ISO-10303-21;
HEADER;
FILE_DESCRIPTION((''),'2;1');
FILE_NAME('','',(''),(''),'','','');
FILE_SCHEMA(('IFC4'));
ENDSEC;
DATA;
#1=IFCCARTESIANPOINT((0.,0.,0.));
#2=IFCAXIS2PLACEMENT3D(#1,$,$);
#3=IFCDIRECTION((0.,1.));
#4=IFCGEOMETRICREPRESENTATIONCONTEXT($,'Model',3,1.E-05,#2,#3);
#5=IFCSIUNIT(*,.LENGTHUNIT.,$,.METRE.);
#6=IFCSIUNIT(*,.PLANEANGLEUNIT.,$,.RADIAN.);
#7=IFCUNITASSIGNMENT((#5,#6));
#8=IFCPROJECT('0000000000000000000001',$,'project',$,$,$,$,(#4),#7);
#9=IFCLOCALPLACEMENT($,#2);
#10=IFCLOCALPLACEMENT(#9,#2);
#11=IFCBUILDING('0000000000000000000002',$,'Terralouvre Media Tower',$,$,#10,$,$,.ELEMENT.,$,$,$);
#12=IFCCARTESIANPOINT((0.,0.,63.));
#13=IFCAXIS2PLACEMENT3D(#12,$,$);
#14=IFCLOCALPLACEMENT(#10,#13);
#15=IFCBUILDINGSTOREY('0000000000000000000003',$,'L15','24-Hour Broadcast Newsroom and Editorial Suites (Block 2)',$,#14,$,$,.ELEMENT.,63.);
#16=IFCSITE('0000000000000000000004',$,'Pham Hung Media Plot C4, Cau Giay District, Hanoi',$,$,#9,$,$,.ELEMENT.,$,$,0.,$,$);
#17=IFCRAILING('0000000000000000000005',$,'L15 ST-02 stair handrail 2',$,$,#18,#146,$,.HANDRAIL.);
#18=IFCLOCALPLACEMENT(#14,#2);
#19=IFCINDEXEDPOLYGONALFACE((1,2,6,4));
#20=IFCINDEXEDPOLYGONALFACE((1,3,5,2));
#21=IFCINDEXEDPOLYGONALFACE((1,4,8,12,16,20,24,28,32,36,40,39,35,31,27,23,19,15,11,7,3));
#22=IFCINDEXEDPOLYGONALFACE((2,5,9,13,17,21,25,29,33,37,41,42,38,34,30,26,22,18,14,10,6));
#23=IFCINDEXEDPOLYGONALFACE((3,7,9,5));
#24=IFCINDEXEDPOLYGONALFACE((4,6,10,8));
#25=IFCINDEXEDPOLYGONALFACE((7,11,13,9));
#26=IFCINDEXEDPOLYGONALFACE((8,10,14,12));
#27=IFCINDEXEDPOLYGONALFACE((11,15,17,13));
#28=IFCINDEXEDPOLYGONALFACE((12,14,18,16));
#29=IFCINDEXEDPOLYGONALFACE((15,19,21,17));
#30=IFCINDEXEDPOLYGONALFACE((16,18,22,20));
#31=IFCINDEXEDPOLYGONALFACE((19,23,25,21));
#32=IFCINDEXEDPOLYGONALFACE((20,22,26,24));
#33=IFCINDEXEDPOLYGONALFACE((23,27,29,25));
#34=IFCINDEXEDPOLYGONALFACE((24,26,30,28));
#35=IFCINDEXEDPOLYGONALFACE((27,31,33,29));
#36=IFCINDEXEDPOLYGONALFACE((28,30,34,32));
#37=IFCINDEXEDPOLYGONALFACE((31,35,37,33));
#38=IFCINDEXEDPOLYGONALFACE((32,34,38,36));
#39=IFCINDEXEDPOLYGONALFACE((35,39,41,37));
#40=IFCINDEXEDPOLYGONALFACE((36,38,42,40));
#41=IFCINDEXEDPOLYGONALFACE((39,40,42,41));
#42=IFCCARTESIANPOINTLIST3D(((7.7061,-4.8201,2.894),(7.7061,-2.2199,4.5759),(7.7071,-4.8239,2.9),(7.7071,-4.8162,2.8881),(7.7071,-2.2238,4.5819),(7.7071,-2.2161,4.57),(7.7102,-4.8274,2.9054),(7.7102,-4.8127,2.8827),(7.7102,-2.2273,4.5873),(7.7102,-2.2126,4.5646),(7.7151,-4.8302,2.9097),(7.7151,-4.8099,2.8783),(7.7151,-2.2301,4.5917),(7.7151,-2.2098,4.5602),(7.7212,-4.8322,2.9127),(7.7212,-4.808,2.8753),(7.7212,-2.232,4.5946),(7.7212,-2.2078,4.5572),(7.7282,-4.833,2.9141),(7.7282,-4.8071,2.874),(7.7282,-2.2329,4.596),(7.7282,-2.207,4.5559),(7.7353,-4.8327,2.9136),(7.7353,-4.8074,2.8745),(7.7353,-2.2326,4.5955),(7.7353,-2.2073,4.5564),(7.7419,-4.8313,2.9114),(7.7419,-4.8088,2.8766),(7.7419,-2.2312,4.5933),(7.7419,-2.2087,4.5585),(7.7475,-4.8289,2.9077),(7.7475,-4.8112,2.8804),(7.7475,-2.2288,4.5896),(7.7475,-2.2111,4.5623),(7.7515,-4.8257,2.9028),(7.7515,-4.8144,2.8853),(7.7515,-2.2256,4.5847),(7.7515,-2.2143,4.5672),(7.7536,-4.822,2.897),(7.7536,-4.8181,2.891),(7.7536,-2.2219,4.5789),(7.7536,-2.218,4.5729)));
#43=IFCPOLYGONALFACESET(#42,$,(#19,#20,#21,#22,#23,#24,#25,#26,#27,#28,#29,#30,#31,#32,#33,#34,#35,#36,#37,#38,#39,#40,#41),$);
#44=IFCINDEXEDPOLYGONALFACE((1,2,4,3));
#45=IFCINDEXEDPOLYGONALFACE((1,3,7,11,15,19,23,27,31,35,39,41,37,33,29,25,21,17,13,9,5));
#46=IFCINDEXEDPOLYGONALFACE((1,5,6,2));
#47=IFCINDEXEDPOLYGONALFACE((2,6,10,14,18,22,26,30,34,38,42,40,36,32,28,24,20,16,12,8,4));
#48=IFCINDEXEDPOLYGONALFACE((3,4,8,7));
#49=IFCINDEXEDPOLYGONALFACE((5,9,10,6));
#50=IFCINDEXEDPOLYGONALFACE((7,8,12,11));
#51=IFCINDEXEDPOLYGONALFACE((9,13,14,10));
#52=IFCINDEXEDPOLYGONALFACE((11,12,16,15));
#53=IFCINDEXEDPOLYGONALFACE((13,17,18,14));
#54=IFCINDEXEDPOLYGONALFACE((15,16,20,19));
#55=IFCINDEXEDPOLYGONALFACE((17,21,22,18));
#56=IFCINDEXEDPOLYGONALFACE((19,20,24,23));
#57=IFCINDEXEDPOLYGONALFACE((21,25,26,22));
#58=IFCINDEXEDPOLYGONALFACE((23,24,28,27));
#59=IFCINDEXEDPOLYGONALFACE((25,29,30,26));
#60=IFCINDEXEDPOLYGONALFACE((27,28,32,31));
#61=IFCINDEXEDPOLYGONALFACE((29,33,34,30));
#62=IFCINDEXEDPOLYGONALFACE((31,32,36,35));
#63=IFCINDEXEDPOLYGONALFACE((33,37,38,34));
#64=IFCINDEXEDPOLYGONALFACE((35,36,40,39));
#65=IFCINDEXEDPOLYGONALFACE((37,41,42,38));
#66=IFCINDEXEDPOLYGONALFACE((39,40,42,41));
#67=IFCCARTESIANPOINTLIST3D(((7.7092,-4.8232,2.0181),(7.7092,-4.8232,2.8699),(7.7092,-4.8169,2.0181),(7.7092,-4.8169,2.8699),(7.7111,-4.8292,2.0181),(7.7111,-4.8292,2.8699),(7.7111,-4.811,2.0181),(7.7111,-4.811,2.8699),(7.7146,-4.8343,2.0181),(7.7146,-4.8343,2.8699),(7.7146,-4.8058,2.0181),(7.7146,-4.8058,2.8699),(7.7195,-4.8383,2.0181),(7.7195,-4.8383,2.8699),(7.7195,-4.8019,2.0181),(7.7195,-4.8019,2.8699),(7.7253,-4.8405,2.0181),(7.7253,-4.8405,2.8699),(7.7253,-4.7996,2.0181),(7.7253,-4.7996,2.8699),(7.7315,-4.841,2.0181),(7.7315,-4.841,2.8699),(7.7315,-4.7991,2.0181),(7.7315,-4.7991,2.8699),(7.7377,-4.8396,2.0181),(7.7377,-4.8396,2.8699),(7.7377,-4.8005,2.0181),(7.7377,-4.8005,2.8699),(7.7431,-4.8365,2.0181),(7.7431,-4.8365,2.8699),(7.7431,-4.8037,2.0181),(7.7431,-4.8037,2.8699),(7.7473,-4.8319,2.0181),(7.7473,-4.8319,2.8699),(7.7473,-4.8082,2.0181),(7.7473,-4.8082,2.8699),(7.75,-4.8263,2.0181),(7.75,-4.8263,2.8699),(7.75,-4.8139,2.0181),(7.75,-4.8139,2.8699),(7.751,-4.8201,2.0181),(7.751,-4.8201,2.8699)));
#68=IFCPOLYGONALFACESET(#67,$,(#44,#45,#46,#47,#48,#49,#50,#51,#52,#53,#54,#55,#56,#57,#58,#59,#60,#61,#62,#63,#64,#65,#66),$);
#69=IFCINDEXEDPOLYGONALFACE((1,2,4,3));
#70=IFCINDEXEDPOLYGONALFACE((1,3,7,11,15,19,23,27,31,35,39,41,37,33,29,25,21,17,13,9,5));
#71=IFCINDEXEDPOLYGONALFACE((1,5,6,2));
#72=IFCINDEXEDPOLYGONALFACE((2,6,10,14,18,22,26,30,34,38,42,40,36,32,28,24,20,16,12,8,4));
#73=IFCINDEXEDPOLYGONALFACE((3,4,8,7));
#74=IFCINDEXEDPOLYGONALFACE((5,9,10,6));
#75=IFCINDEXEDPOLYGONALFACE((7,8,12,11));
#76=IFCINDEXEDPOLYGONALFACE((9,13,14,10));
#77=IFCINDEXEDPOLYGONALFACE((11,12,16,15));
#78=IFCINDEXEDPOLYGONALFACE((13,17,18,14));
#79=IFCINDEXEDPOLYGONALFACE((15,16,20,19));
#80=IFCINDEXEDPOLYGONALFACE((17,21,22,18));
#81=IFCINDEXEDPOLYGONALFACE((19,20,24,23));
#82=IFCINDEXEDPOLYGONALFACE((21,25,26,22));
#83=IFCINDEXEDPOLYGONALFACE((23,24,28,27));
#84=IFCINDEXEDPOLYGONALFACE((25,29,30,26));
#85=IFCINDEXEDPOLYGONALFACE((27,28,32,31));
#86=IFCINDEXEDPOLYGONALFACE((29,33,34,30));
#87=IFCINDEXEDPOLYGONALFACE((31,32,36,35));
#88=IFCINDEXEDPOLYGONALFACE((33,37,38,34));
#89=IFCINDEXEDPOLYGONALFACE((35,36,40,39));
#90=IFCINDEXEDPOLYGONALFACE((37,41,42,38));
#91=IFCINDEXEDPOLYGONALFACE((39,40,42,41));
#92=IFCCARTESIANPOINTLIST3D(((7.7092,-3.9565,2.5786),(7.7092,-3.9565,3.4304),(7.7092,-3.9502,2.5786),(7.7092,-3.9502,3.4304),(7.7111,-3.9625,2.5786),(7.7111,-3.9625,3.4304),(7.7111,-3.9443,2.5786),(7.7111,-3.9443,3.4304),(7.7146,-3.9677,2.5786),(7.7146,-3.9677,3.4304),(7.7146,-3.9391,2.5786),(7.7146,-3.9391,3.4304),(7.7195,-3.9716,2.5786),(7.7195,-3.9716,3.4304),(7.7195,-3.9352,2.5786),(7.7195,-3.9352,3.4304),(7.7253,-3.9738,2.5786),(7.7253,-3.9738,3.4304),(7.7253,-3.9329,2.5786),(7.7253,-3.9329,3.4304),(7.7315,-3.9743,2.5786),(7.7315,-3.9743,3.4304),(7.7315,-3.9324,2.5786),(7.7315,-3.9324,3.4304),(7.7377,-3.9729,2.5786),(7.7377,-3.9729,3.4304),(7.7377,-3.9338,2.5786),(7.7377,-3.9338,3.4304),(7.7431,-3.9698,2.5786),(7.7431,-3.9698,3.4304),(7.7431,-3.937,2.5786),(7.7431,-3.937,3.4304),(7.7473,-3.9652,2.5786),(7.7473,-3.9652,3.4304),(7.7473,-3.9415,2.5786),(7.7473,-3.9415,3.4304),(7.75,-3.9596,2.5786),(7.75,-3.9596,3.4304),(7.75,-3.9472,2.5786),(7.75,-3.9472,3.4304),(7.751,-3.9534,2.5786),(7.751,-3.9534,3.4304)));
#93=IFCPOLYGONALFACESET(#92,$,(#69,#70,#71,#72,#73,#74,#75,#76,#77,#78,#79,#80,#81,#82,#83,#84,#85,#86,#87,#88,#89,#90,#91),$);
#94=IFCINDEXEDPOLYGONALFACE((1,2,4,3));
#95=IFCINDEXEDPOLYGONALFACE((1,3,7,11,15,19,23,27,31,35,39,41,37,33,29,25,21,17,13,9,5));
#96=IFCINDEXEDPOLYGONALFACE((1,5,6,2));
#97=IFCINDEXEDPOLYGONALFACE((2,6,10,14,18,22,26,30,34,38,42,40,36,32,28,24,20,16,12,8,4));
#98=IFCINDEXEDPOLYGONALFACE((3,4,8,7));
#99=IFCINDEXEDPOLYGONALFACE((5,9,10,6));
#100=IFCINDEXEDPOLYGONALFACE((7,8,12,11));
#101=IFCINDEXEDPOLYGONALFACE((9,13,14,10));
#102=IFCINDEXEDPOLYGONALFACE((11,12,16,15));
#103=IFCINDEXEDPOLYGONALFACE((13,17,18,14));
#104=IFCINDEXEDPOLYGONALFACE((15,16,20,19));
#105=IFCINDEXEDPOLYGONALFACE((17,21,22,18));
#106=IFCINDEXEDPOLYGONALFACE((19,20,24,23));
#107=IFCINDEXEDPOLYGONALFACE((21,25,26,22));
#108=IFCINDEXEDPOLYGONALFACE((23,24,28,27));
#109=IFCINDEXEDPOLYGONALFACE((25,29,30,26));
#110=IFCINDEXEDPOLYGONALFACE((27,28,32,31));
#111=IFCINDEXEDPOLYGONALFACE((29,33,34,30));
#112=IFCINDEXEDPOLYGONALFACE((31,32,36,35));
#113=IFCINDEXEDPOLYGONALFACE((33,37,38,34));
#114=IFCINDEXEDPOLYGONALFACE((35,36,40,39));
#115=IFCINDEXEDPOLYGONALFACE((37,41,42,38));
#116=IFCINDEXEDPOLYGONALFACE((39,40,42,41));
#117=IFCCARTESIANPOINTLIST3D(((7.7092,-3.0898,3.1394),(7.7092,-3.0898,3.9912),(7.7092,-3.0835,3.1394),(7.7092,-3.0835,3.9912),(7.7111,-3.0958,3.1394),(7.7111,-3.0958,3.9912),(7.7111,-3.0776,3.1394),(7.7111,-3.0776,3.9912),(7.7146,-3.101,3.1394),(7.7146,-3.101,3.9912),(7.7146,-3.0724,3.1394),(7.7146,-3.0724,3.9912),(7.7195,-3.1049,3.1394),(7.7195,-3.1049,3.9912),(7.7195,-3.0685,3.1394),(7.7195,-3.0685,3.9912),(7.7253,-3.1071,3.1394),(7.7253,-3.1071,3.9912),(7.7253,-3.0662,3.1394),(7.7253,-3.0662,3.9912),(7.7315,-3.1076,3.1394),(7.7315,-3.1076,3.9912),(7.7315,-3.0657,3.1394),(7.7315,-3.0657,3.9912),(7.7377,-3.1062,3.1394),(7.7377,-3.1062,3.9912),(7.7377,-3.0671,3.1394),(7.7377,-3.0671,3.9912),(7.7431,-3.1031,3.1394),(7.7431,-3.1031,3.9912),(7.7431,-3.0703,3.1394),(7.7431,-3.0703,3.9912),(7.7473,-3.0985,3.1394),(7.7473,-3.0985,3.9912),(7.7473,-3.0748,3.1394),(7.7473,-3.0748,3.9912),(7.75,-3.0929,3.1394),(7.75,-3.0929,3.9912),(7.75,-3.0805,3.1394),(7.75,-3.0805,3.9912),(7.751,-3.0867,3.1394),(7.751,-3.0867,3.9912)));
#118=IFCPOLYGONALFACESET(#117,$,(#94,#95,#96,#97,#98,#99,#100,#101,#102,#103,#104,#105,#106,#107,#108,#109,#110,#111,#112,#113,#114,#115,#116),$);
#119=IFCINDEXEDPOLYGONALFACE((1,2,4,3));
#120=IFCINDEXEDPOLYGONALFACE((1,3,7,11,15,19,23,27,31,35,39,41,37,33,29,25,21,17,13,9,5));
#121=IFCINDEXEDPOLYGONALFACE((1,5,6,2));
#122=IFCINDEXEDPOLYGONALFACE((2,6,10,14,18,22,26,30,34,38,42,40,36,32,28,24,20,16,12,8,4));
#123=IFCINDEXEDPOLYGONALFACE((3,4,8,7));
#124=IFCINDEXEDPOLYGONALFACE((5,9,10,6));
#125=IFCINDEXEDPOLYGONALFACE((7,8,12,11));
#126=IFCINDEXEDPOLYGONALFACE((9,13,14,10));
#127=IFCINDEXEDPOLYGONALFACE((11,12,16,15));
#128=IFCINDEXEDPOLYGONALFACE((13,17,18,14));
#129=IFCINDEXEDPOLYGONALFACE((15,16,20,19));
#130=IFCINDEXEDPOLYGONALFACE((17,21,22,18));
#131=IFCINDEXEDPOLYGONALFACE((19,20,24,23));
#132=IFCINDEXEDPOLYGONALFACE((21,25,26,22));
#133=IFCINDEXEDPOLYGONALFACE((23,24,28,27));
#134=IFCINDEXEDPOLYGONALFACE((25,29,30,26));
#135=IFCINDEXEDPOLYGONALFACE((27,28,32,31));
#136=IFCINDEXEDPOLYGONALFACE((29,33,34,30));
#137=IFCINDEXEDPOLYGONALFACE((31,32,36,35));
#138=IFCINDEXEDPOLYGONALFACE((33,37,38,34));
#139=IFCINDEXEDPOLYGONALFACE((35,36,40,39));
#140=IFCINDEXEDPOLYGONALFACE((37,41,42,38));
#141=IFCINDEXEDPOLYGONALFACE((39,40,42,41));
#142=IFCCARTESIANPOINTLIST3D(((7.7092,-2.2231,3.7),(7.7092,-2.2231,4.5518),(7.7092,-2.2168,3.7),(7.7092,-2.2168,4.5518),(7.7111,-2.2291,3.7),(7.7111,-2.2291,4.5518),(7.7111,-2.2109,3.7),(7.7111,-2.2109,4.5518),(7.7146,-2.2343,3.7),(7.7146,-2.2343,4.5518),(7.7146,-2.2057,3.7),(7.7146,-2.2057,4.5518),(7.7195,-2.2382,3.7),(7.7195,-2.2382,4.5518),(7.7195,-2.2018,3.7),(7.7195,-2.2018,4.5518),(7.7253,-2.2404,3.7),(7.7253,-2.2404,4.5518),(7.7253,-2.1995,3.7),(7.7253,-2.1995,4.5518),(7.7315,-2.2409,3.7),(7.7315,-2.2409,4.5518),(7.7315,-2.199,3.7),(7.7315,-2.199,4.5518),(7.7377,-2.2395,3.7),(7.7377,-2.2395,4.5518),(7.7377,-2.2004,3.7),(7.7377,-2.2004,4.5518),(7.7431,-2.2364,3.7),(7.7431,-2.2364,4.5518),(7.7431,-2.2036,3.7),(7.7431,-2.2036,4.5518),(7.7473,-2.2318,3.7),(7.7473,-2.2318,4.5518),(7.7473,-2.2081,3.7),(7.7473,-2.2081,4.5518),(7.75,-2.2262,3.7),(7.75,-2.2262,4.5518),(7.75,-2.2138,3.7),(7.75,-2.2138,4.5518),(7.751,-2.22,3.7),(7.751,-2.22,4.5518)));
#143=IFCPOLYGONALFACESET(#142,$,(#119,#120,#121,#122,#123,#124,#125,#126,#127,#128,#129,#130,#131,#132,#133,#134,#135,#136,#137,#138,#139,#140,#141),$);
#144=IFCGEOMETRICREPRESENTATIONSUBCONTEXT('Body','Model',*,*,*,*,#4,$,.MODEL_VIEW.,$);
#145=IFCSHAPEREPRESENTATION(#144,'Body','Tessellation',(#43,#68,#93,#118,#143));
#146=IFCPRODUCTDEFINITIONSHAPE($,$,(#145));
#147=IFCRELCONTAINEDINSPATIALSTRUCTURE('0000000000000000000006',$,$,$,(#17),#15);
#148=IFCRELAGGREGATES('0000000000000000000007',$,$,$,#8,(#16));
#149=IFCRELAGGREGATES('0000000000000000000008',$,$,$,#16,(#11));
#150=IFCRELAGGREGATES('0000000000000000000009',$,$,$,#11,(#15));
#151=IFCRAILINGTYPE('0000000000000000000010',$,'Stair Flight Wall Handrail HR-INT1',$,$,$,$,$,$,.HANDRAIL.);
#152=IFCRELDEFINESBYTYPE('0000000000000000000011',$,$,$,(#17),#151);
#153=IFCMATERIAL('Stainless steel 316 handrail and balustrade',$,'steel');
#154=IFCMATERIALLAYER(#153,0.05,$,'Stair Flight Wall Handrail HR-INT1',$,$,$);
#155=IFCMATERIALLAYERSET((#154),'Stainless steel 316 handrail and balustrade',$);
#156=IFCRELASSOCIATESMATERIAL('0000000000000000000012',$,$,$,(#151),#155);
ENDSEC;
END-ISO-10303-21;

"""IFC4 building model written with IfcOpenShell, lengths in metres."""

from ifc_helpers import new_model, si_unit, direction, frame, origin, origin_2d, place, context, subcontext, project, spatial, circle, extrude, material, layer, layer_set, type_object, element, save


model = new_model("IFC4")

# Units and contexts
model_context = context("Model", 3, precision=1e-05, world=origin(), true_north=direction((0.0, 1.0)))
body_context = subcontext(model_context, "Body", "Model", "MODEL_VIEW")
ifc_project = project(units=[si_unit("LENGTHUNIT", "METRE"), si_unit("PLANEANGLEUNIT", "RADIAN")], contexts=[model_context])

# Site, building, storey
site_placement = place(None, origin())
site = spatial("IfcSite", under=ifc_project, at=site_placement, Name="Pham Hung Media Plot C4, Cau Giay District, Hanoi", CompositionType="ELEMENT", RefElevation=0.0)
building_placement = place(site_placement, origin())
building = spatial("IfcBuilding", under=site, at=building_placement, Name="Terralouvre Media Tower", CompositionType="ELEMENT")
storey_placement = place(building_placement, frame((0.0, 0.0, 63.0)))
storey = spatial("IfcBuildingStorey", under=building, at=storey_placement, Name="L15", Description="24-Hour Broadcast Newsroom and Editorial Suites (Block 2)", CompositionType="ELEMENT", Elevation=63.0)

# Railing
ifc_material_1 = material(Name="Stainless steel 316 handrail and balustrade", Category="steel")
ifc_layer_1 = layer(ifc_material_1, 0.05, Name="Stair Flight Wall Handrail HR-INT1")
ifc_layer_set_1 = layer_set([ifc_layer_1], Name="Stainless steel 316 handrail and balustrade")
railing_type_1 = type_object("IfcRailingType", Name="Stair Flight Wall Handrail HR-INT1", PredefinedType="HANDRAIL", material=ifc_layer_set_1)
railing_1_placement = place(storey_placement, frame((7.73, -4.8201, 2.0181)))
element("IfcRailing", 1, at=railing_1_placement, inside=storey, type_object=railing_type_1, Name="L15 ST-02 stair handrail 2", PredefinedType="HANDRAIL", context=body_context, shape_type="SweptSolid", body=[
    extrude(circle(Radius=0.0239, at=origin_2d()), frame((0.0, 0.0, 0.876), z_axis=(0.0, 0.839648, 0.54313), x_axis=(-1.0, 0.0, 0.0)), (0.0, 0.0, 1.0), 3.0967),
    extrude(circle(Radius=0.021, at=origin_2d()), origin(), (0.0, 0.0, 1.0), 0.8518),
    extrude(circle(Radius=0.021, at=origin_2d()), frame((0.0, 0.8667, 0.5605)), (0.0, 0.0, 1.0), 0.8518),
    extrude(circle(Radius=0.021, at=origin_2d()), frame((0.0, 1.7334, 1.1213)), (0.0, 0.0, 1.0), 0.8518),
    extrude(circle(Radius=0.021, at=origin_2d()), frame((0.0, 2.6001, 1.6819)), (0.0, 0.0, 1.0), 0.8518),
])

save(model, "model.ifc")
